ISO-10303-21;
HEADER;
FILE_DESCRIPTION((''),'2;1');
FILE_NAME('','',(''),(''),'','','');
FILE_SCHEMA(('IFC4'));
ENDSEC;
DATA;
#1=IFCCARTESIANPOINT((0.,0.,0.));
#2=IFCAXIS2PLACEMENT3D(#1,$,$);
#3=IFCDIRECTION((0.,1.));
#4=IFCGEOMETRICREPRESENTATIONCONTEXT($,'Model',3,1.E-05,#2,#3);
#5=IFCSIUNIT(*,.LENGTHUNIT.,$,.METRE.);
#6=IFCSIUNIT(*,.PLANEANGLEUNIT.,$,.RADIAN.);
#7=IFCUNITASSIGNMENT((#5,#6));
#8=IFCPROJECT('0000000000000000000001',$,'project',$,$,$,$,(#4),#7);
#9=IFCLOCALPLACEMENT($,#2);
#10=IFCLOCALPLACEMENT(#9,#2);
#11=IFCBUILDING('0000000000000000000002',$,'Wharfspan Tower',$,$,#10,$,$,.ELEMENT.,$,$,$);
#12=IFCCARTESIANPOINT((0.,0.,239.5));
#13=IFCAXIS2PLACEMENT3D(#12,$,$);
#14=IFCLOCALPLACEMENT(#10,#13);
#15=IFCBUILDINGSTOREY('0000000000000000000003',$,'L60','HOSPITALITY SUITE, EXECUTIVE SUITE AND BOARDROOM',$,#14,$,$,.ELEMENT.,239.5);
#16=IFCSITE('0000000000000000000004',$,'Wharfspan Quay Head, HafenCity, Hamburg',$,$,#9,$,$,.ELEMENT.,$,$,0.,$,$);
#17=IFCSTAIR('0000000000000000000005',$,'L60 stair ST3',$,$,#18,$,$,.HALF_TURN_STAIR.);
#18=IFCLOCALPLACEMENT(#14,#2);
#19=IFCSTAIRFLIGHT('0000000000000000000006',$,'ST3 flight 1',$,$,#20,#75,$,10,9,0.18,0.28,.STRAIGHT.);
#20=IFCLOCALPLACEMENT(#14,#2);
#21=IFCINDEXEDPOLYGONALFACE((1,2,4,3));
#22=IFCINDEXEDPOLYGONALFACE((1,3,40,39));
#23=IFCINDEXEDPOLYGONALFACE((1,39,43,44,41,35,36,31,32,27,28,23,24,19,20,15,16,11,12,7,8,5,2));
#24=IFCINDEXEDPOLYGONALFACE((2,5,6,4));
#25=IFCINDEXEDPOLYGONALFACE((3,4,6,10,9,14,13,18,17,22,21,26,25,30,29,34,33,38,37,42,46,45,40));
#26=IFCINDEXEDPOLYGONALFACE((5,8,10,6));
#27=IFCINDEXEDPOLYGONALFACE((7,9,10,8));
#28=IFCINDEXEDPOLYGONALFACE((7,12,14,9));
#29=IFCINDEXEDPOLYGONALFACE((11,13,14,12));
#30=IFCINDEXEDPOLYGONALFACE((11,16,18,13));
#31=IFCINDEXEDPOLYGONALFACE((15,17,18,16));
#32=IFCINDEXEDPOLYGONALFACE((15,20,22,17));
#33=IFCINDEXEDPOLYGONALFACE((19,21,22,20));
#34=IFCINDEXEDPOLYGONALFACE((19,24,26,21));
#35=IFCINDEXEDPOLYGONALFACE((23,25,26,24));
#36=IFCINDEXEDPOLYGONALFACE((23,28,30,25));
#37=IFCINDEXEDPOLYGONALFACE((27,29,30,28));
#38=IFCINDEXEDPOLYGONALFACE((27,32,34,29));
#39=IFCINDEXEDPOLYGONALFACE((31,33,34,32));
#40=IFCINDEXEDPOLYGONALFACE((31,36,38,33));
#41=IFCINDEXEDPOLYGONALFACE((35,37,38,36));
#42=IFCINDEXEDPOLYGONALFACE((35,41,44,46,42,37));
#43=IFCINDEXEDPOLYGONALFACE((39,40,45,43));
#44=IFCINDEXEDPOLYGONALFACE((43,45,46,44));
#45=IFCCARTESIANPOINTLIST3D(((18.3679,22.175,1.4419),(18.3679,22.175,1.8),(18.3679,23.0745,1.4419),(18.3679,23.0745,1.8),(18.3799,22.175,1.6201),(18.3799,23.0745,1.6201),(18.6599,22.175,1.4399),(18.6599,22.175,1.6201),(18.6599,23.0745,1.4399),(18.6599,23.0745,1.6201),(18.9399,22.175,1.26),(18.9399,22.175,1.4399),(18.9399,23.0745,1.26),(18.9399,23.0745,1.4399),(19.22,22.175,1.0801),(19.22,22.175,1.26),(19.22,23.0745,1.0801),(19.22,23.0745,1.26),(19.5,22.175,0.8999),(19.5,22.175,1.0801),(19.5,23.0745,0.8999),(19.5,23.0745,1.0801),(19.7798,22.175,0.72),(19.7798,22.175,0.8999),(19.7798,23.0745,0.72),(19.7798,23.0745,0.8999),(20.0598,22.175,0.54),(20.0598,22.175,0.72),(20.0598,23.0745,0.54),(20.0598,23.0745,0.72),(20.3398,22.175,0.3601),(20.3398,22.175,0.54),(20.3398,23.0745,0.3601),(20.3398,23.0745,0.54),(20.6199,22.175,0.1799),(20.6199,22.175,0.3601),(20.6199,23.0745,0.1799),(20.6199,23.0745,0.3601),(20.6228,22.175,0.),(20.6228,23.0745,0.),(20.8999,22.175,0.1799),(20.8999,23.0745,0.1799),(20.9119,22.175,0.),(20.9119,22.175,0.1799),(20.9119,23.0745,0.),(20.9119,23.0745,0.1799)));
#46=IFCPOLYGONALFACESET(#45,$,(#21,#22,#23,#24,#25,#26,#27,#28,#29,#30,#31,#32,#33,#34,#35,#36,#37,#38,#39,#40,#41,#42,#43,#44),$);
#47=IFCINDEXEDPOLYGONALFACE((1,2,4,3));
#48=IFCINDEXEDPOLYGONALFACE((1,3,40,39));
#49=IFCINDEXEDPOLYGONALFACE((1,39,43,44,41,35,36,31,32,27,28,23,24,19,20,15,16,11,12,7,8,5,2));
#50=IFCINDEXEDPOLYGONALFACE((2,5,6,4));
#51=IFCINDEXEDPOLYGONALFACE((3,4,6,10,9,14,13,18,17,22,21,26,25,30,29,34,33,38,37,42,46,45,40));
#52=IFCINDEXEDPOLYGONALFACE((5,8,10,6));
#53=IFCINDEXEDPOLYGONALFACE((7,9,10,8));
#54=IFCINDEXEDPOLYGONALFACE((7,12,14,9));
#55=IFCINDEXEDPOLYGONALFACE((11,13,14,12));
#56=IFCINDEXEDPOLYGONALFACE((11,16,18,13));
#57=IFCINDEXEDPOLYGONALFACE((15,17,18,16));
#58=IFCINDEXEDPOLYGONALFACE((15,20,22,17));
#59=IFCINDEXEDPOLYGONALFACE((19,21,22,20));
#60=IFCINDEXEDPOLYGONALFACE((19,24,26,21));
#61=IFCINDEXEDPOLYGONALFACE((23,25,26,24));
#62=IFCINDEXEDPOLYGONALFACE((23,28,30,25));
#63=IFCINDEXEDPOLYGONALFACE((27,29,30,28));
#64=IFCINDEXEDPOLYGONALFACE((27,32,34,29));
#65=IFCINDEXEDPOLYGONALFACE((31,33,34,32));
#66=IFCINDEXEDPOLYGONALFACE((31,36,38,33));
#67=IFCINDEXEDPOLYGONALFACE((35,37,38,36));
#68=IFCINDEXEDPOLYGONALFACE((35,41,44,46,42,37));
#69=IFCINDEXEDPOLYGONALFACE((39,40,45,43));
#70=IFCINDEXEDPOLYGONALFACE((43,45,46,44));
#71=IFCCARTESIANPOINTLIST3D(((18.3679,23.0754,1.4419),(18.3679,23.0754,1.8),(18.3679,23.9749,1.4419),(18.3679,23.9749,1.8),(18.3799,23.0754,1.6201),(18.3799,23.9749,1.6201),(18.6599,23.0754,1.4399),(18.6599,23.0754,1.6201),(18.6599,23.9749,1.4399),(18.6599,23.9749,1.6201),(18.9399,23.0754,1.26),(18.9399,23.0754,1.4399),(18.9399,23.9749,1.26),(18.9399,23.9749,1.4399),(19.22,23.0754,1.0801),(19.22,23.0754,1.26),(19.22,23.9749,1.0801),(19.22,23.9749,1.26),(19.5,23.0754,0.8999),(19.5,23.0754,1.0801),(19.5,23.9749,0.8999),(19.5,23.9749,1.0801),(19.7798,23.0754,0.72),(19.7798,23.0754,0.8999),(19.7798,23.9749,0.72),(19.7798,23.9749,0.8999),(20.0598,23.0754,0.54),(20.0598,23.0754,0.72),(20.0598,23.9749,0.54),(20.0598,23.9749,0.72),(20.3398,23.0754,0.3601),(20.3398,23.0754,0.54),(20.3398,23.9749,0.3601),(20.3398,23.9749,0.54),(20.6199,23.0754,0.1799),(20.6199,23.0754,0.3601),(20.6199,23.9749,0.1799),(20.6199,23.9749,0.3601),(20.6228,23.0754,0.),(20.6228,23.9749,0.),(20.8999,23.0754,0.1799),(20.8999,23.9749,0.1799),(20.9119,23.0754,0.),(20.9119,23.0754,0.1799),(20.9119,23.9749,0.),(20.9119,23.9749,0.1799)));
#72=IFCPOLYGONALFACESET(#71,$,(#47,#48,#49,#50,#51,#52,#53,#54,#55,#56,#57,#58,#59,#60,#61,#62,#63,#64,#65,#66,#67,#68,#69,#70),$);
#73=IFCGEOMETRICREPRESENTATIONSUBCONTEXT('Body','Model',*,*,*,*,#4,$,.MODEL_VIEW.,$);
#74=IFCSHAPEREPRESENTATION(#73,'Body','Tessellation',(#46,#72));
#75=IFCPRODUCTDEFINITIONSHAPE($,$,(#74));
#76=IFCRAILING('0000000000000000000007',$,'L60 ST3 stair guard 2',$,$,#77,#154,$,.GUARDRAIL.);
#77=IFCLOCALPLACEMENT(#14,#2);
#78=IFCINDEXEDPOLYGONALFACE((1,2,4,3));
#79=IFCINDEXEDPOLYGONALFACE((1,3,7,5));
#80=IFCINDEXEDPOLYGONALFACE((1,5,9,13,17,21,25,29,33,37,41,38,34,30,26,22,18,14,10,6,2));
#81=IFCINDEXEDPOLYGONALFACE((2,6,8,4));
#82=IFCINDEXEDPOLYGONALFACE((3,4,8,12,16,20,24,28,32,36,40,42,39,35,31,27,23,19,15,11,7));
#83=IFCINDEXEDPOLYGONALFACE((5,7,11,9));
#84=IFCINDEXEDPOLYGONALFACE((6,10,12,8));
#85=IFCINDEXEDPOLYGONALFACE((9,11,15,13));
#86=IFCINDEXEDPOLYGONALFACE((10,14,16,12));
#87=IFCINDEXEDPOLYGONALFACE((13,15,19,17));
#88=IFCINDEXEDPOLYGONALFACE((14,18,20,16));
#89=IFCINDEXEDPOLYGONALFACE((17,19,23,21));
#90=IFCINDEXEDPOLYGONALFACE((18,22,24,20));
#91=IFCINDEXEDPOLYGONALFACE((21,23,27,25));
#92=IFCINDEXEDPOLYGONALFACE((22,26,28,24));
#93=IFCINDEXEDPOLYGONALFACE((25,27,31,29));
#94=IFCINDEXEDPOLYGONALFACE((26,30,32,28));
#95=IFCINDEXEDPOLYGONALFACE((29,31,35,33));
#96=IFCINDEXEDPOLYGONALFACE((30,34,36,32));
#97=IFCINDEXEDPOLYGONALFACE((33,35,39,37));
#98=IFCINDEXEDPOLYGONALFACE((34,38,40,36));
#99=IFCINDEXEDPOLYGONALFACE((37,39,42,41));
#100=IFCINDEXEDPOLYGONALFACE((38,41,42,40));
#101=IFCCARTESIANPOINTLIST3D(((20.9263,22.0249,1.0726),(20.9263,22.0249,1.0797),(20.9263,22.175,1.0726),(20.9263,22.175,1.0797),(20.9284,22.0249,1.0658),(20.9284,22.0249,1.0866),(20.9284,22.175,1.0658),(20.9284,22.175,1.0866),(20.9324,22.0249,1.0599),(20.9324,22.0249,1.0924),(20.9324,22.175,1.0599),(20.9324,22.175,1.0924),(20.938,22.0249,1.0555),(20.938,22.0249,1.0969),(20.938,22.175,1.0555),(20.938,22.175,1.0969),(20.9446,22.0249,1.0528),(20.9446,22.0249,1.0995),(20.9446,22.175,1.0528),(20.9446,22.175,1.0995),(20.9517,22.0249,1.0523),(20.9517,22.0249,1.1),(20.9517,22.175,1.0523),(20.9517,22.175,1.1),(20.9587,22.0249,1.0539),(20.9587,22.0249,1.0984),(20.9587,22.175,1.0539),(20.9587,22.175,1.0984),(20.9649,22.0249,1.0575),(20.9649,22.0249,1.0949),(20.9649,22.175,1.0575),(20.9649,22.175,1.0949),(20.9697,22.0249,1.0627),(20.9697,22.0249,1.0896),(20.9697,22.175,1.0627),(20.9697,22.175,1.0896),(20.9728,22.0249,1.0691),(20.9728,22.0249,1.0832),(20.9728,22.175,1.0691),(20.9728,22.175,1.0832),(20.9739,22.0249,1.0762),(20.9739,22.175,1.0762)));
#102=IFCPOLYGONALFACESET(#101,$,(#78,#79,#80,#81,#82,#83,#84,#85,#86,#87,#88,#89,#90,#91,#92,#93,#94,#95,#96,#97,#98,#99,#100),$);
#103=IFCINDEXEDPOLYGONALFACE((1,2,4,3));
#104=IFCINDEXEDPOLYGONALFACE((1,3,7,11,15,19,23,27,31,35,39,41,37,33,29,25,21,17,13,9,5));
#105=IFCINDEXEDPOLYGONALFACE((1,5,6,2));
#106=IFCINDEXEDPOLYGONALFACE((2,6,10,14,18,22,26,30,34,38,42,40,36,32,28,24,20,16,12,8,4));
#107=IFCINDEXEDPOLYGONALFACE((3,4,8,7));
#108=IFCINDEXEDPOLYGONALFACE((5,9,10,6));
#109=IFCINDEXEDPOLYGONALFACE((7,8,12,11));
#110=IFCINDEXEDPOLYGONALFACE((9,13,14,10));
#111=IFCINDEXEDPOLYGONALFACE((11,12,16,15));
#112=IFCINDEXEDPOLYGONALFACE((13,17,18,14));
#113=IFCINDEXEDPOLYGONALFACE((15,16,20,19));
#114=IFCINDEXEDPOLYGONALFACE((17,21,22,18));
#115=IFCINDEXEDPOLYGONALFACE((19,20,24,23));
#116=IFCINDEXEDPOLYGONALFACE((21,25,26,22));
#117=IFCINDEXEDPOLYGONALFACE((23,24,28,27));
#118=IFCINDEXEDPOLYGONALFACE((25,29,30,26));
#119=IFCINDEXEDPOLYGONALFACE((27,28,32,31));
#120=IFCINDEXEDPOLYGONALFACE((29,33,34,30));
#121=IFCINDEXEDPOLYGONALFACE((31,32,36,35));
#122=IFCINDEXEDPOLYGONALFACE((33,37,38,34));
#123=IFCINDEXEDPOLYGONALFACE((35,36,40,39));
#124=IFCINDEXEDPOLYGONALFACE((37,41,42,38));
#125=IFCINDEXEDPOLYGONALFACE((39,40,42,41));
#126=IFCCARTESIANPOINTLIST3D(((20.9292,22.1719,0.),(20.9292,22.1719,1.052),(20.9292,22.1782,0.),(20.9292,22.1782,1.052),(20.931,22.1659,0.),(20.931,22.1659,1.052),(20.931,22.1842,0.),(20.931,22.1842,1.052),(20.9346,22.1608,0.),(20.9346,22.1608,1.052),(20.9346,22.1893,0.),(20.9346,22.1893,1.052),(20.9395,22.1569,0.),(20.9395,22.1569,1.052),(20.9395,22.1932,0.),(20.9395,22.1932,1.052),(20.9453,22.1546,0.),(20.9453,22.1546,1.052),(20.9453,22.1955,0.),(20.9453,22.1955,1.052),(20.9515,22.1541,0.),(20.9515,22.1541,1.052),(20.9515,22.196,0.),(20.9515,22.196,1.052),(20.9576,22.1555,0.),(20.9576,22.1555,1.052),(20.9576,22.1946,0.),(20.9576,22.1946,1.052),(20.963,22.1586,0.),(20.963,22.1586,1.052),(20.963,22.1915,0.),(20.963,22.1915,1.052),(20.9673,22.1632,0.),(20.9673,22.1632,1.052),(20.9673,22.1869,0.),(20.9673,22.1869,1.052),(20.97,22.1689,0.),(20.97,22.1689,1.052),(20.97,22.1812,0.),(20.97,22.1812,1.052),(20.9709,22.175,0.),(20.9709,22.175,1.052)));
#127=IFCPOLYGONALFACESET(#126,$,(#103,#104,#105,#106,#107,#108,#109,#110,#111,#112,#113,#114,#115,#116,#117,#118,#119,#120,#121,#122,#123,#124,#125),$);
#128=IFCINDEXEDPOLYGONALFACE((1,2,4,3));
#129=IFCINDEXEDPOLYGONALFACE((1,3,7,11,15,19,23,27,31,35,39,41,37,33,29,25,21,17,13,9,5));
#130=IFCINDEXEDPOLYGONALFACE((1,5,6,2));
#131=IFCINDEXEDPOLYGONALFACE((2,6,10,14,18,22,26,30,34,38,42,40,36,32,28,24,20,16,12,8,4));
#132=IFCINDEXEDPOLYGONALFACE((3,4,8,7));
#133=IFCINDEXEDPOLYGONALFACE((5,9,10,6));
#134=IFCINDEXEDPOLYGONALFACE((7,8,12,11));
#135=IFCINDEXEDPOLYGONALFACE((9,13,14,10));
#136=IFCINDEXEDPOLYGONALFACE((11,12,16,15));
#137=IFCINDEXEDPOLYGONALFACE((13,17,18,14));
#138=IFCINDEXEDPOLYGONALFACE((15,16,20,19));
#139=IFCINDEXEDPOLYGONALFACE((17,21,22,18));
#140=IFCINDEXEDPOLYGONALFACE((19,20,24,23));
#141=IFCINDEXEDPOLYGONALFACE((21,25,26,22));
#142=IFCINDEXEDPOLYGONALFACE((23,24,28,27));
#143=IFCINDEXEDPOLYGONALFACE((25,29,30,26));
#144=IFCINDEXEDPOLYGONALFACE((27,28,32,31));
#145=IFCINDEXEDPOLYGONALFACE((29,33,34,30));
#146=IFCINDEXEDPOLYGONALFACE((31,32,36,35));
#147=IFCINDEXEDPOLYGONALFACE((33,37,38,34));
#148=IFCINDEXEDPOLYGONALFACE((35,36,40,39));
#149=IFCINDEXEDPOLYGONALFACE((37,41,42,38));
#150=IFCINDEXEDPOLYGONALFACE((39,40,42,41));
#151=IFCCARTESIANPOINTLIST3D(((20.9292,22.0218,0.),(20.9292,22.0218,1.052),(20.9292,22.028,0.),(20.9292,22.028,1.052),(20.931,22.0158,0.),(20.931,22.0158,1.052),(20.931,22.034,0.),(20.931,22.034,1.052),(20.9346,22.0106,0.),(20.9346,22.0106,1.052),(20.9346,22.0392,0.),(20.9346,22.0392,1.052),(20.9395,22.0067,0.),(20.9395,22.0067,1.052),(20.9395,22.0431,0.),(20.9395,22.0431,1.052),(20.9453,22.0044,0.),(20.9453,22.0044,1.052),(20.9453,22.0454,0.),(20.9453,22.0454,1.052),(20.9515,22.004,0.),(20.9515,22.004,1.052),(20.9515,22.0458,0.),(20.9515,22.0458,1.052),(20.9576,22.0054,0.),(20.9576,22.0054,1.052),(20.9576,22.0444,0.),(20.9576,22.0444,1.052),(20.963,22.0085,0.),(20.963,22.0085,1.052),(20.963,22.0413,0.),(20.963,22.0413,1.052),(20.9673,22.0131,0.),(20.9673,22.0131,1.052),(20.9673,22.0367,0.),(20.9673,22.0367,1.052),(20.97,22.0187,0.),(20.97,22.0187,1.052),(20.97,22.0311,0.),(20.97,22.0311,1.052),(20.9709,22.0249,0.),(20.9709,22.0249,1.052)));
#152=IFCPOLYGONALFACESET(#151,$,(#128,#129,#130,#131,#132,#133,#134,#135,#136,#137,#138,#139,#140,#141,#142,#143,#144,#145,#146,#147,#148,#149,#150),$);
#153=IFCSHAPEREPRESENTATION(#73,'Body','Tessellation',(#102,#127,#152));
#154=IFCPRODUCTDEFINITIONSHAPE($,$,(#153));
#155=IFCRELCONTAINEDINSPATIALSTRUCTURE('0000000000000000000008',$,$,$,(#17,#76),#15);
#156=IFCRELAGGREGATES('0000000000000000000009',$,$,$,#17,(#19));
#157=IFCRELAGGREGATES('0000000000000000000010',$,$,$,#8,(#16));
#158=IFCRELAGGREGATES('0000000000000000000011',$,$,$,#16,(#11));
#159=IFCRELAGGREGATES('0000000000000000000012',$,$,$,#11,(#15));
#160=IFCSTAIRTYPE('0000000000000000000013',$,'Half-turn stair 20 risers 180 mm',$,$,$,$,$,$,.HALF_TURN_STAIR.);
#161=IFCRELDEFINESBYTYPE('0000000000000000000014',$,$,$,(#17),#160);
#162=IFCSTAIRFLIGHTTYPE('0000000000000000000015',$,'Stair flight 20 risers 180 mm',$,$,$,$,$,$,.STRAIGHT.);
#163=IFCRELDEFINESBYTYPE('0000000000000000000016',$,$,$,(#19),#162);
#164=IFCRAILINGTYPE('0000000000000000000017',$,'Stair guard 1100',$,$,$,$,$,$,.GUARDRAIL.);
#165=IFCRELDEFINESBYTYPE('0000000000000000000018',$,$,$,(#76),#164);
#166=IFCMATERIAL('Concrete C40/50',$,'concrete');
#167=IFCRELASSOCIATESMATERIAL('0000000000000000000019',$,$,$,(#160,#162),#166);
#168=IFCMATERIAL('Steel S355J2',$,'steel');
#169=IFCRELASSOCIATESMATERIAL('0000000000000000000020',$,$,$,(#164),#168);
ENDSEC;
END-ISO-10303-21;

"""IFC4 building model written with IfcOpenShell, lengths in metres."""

from ifc_helpers import new_model, si_unit, direction, frame, origin, origin_2d, place, context, subcontext, project, spatial, polyline, circle, outline, extrude, material, type_object, element, aggregate, save


model = new_model("IFC4")

# Units and contexts
model_context = context("Model", 3, precision=1e-05, world=origin(), true_north=direction((0.0, 1.0)))
body_context = subcontext(model_context, "Body", "Model", "MODEL_VIEW")
ifc_project = project(units=[si_unit("LENGTHUNIT", "METRE"), si_unit("PLANEANGLEUNIT", "RADIAN")], contexts=[model_context])

# Site, building, storey
site_placement = place(None, origin())
site = spatial("IfcSite", under=ifc_project, at=site_placement, Name="Wharfspan Quay Head, HafenCity, Hamburg", CompositionType="ELEMENT", RefElevation=0.0)
building_placement = place(site_placement, origin())
building = spatial("IfcBuilding", under=site, at=building_placement, Name="Wharfspan Tower", CompositionType="ELEMENT")
storey_placement = place(building_placement, frame((0.0, 0.0, 239.5)))
storey = spatial("IfcBuildingStorey", under=building, at=storey_placement, Name="L60", Description="HOSPITALITY SUITE, EXECUTIVE SUITE AND BOARDROOM", CompositionType="ELEMENT", Elevation=239.5)

# Shared definitions
ifc_material_1 = material(Name="Steel S355J2", Category="steel")

# Shared definitions
ifc_material_2 = material(Name="Concrete C40/50", Category="concrete")

# Stair, stair flight
stair_type = type_object("IfcStairType", Name="Half-turn stair 20 risers 180 mm", PredefinedType="HALF_TURN_STAIR", material=ifc_material_2)
stair_placement = place(storey_placement, origin())
stair = element("IfcStair", 1, at=stair_placement, inside=storey, type_object=stair_type, Name="L60 stair ST3", PredefinedType="HALF_TURN_STAIR")
stair_flight_type = type_object("IfcStairFlightType", Name="Stair flight 20 risers 180 mm", PredefinedType="STRAIGHT", material=ifc_material_2)
stair_flight_placement = place(storey_placement, frame((20.8999, 23.075, 0.0), z_axis=(0.0, 0.0, 1.0), x_axis=(-1.0, 0.0, 0.0)))
stair_flight = element("IfcStairFlight", 2, at=stair_flight_placement, type_object=stair_flight_type, Name="ST3 flight 1", NumberOfRisers=10, NumberOfTreads=9, PredefinedType="STRAIGHT", RiserHeight=0.18, TreadLength=0.28, context=body_context, shape_type="SweptSolid", body=[
    extrude(outline(polyline([(-0.012, 0.0), (-0.012, 0.1799), (0.0, 0.1799), (0.28, 0.1799), (0.28, 0.3601), (0.5601, 0.3601), (0.5601, 0.54), (0.8401, 0.54), (0.8401, 0.72), (1.1201, 0.72), (1.1201, 0.8999), (1.3999, 0.8999), (1.3999, 1.0801), (1.6799, 1.0801), (1.6799, 1.26), (1.96, 1.26), (1.96, 1.4399), (2.24, 1.4399), (2.24, 1.6201), (2.52, 1.6201), (2.532, 1.8), (2.532, 1.4419), (0.2771, 0.0), (-0.012, 0.0)])), frame((0.0, 0.8999, 0.0), z_axis=(0.0, -1.0, 0.0), x_axis=(1.0, 0.0, 0.0)), (0.0, 0.0, 1.0), 0.8994),
    extrude(outline(polyline([(-0.012, 0.0), (-0.012, 0.1799), (0.0, 0.1799), (0.28, 0.1799), (0.28, 0.3601), (0.5601, 0.3601), (0.5601, 0.54), (0.8401, 0.54), (0.8401, 0.72), (1.1201, 0.72), (1.1201, 0.8999), (1.3999, 0.8999), (1.3999, 1.0801), (1.6799, 1.0801), (1.6799, 1.26), (1.96, 1.26), (1.96, 1.4399), (2.24, 1.4399), (2.24, 1.6201), (2.52, 1.6201), (2.532, 1.8), (2.532, 1.4419), (0.2771, 0.0), (-0.012, 0.0)])), frame((0.0, -0.0005, 0.0), z_axis=(0.0, -1.0, 0.0), x_axis=(1.0, 0.0, 0.0)), (0.0, 0.0, 1.0), 0.8994),
])
aggregate(stair, [stair_flight])

# Railing
railing_type_1 = type_object("IfcRailingType", Name="Stair guard 1100", PredefinedType="GUARDRAIL", material=ifc_material_1)
railing_1_placement = place(storey_placement, frame((20.95, 22.175, 0.0)))
element("IfcRailing", 3, at=railing_1_placement, inside=storey, type_object=railing_type_1, Name="L60 ST3 stair guard 2", PredefinedType="GUARDRAIL", context=body_context, shape_type="SweptSolid", body=[
    extrude(circle(Radius=0.0239, at=origin_2d()), frame((0.0, 0.0, 1.0762), z_axis=(0.0, -1.0, 0.0), x_axis=(1.0, 0.0, 0.0)), (0.0, 0.0, 1.0), 0.1501),
    extrude(circle(Radius=0.021, at=origin_2d()), origin(), (0.0, 0.0, 1.0), 1.052),
    extrude(circle(Radius=0.021, at=origin_2d()), frame((0.0, -0.1501, 0.0)), (0.0, 0.0, 1.0), 1.052),
])

save(model, "model.ifc")
